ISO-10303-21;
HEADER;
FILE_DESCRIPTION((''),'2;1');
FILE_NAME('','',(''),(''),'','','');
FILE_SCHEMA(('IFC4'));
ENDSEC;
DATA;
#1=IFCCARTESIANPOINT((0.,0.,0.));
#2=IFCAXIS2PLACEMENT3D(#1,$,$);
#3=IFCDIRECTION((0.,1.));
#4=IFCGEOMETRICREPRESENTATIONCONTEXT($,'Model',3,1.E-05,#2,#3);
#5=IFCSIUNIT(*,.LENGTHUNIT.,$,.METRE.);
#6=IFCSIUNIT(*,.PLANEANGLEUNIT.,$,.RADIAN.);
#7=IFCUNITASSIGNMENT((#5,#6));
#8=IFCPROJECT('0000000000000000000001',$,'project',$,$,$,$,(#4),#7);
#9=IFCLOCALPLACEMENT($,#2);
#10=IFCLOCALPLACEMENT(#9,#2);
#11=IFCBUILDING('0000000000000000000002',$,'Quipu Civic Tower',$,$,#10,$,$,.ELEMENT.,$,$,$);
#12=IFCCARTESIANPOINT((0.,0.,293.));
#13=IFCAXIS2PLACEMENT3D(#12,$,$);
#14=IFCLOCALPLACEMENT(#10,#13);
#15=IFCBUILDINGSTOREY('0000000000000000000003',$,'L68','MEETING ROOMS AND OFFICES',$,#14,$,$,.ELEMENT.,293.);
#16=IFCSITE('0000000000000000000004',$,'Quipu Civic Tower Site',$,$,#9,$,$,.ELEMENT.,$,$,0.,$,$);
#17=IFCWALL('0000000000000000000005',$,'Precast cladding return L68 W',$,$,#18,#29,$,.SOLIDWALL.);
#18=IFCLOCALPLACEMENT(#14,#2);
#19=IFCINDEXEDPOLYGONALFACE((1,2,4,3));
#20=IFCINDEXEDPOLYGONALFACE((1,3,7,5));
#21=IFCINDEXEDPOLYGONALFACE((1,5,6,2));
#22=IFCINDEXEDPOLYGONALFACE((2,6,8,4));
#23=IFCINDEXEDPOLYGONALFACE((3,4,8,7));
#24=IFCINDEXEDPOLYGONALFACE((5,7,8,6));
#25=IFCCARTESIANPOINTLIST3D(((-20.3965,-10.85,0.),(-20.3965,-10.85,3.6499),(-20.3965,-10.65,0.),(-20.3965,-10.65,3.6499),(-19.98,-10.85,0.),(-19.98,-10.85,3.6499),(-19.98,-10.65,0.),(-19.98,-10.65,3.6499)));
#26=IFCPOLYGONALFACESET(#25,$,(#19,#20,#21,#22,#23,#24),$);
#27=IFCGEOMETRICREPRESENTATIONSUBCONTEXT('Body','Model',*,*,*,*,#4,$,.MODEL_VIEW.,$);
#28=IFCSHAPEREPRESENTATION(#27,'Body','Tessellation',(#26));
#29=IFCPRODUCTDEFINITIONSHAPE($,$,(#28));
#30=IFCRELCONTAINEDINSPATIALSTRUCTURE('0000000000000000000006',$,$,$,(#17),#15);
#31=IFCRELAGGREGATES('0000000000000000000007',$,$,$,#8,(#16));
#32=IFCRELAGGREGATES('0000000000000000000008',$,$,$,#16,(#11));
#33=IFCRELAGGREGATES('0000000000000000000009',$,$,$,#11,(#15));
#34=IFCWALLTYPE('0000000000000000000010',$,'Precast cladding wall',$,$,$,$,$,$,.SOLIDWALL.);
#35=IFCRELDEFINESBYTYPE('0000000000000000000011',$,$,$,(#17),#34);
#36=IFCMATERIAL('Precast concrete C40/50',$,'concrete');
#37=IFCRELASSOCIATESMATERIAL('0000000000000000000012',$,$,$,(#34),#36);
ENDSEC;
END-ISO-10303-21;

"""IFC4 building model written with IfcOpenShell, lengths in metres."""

from ifc_helpers import new_model, si_unit, direction, frame, frame_2d, origin, place, context, subcontext, project, spatial, rectangle, extrude, material, type_object, element, save


model = new_model("IFC4")

# Units and contexts
model_context = context("Model", 3, precision=1e-05, world=origin(), true_north=direction((0.0, 1.0)))
body_context = subcontext(model_context, "Body", "Model", "MODEL_VIEW")
ifc_project = project(units=[si_unit("LENGTHUNIT", "METRE"), si_unit("PLANEANGLEUNIT", "RADIAN")], contexts=[model_context])

# Site, building, storey
site_placement = place(None, origin())
site = spatial("IfcSite", under=ifc_project, at=site_placement, Name="Quipu Civic Tower Site", CompositionType="ELEMENT", RefElevation=0.0)
building_placement = place(site_placement, origin())
building = spatial("IfcBuilding", under=site, at=building_placement, Name="Quipu Civic Tower", CompositionType="ELEMENT")
storey_placement = place(building_placement, frame((0.0, 0.0, 293.0)))
storey = spatial("IfcBuildingStorey", under=building, at=storey_placement, Name="L68", Description="MEETING ROOMS AND OFFICES", CompositionType="ELEMENT", Elevation=293.0)

# Wall
ifc_material_1 = material(Name="Precast concrete C40/50", Category="concrete")
wall_type_1 = type_object("IfcWallType", Name="Precast cladding wall", PredefinedType="SOLIDWALL", material=ifc_material_1)
wall_1_placement = place(storey_placement, frame((-19.98, -10.75, 0.0), z_axis=(0.0, 0.0, 1.0), x_axis=(-1.0, 0.0, 0.0)))
element("IfcWall", 1, at=wall_1_placement, inside=storey, type_object=wall_type_1, Name="Precast cladding return L68 W", PredefinedType="SOLIDWALL", context=body_context, shape_type="SweptSolid", body=[
    extrude(rectangle(XDim=0.4165, YDim=0.2, at=frame_2d((0.2083, 0.0))), origin(), (0.0, 0.0, 1.0), 3.6499),
])

save(model, "model.ifc")
